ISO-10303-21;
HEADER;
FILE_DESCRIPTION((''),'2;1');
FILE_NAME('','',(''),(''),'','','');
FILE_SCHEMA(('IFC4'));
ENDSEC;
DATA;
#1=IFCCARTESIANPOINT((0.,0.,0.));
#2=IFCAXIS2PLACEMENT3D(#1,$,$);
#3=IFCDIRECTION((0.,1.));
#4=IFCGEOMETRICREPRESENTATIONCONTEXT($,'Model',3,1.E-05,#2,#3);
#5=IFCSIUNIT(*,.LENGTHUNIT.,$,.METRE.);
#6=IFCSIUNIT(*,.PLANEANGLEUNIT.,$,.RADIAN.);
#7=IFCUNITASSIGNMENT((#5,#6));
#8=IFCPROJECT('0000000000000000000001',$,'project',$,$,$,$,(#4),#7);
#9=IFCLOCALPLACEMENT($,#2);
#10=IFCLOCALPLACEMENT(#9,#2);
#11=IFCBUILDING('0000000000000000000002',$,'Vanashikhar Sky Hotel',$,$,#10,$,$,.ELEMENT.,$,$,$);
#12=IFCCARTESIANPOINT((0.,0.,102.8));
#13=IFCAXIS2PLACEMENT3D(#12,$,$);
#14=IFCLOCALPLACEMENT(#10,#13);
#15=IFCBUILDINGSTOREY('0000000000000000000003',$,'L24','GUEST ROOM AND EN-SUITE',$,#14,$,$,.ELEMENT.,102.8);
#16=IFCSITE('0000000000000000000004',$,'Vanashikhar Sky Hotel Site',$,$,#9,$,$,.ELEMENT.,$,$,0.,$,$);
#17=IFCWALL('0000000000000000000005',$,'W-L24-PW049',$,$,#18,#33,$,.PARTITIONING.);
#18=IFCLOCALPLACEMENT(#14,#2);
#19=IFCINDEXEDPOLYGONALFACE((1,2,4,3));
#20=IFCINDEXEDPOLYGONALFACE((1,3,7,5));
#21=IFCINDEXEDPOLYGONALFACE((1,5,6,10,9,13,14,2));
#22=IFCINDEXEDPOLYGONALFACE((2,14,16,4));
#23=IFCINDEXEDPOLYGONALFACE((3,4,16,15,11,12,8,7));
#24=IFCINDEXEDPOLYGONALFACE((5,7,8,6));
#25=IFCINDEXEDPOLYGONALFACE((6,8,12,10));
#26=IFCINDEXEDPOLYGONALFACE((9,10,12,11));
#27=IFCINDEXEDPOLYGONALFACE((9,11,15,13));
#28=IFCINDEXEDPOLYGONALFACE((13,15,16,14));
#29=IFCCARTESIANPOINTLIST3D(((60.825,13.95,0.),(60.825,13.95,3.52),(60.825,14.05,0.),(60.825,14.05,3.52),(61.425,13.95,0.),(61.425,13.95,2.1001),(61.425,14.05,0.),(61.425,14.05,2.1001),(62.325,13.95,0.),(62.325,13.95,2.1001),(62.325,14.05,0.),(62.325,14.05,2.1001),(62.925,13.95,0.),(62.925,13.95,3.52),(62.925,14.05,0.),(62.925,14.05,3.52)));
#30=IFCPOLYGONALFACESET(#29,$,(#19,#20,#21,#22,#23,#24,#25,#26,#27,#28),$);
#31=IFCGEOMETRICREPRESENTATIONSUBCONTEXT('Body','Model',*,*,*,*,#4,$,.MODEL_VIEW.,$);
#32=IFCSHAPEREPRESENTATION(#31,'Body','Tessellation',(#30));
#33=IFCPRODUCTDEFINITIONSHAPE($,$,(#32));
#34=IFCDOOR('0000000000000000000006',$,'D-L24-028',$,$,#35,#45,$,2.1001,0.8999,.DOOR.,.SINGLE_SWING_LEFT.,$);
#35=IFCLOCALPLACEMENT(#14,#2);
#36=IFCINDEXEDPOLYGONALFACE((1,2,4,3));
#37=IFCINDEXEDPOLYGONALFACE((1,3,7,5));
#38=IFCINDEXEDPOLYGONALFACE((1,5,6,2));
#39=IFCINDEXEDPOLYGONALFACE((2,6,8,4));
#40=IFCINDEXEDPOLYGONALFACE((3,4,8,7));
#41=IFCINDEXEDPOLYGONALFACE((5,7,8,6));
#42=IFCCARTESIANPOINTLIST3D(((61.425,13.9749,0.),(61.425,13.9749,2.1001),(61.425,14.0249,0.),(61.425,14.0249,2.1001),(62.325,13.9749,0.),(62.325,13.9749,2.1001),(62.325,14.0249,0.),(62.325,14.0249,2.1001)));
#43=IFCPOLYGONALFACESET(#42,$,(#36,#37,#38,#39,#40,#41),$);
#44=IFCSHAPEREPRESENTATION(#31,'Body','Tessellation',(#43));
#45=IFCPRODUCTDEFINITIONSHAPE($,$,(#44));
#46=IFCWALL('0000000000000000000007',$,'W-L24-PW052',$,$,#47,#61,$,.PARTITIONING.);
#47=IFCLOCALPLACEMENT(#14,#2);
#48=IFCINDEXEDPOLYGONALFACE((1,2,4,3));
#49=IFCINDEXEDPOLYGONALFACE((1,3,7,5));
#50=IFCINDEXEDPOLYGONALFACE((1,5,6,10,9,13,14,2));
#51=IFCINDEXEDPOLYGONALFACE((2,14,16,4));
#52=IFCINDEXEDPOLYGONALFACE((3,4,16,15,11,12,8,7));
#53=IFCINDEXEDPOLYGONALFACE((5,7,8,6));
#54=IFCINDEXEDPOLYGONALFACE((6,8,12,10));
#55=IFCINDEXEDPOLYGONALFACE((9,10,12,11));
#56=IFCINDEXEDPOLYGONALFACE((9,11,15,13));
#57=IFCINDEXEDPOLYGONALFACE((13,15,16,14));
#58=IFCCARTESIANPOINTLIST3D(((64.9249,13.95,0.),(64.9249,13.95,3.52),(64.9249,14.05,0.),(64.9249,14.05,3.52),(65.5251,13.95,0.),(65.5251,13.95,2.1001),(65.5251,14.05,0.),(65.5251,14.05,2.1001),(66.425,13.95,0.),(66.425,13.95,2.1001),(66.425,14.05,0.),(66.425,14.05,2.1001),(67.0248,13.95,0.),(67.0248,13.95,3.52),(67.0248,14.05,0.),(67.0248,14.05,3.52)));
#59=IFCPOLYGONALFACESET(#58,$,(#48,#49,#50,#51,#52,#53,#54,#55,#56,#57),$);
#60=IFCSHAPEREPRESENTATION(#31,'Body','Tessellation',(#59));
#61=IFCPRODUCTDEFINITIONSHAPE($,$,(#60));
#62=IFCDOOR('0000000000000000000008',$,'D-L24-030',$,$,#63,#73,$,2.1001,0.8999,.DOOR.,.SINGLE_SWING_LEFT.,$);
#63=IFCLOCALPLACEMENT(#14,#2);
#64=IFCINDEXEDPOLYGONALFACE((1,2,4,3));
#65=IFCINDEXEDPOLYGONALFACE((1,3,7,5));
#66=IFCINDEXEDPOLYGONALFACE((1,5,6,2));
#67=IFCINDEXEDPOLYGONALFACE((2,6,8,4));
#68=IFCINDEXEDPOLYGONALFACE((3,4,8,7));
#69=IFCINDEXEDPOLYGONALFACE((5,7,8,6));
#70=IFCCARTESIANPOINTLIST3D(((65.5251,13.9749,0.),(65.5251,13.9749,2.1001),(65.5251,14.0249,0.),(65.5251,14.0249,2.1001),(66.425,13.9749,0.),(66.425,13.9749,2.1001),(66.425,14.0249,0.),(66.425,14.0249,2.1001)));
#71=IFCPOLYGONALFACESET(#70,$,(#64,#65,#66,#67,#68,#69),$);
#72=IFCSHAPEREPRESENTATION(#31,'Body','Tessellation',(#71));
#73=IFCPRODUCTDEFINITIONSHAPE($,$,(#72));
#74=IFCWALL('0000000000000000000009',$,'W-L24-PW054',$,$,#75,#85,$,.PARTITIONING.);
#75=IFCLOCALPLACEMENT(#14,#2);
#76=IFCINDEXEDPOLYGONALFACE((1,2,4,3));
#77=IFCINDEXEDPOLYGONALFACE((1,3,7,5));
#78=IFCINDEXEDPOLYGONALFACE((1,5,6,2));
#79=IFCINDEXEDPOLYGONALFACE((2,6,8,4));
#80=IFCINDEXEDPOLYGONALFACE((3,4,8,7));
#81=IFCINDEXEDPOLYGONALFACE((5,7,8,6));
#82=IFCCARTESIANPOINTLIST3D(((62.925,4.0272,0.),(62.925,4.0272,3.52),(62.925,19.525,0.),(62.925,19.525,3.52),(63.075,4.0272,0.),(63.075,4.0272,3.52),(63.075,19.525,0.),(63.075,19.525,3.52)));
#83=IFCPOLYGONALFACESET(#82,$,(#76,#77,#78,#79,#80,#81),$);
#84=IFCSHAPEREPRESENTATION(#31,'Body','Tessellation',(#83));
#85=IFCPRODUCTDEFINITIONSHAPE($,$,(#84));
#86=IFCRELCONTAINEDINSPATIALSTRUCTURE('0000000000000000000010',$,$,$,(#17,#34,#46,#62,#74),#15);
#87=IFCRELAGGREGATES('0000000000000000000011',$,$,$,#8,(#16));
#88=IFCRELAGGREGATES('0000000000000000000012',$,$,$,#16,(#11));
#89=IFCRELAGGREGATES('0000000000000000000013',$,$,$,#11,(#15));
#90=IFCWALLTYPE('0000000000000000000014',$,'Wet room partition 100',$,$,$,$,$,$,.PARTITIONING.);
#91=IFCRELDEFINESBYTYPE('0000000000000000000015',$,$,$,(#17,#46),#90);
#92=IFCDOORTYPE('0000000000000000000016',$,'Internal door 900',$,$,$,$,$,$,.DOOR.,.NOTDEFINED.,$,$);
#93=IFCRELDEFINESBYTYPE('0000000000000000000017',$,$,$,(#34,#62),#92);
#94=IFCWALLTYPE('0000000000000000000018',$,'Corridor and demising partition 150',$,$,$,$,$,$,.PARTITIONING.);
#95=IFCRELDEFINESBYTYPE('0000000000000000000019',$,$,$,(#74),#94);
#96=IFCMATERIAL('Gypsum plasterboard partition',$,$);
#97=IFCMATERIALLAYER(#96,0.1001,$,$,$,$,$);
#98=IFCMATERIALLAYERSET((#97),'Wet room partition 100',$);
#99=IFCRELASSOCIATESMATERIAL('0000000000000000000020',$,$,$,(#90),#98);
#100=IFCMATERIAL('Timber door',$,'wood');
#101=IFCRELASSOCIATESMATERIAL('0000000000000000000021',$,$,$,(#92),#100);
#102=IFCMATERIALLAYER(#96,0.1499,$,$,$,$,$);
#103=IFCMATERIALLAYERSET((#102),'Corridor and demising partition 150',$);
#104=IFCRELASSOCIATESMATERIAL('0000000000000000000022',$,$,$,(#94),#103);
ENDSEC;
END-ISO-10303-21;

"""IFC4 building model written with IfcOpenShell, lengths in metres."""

from ifc_helpers import new_model, si_unit, direction, frame, frame_2d, origin, place, context, subcontext, project, spatial, rectangle, extrude, source, transform, mapped, material, layer, layer_set, type_object, element, fill, save


model = new_model("IFC4")

# Units and contexts
model_context = context("Model", 3, precision=1e-05, world=origin(), true_north=direction((0.0, 1.0)))
body_context = subcontext(model_context, "Body", "Model", "MODEL_VIEW")
ifc_project = project(units=[si_unit("LENGTHUNIT", "METRE"), si_unit("PLANEANGLEUNIT", "RADIAN")], contexts=[model_context])

# Site, building, storey
site_placement = place(None, origin())
site = spatial("IfcSite", under=ifc_project, at=site_placement, Name="Vanashikhar Sky Hotel Site", CompositionType="ELEMENT", RefElevation=0.0)
building_placement = place(site_placement, origin())
building = spatial("IfcBuilding", under=site, at=building_placement, Name="Vanashikhar Sky Hotel", CompositionType="ELEMENT")
storey_placement = place(building_placement, frame((0.0, 0.0, 102.8)))
storey = spatial("IfcBuildingStorey", under=building, at=storey_placement, Name="L24", Description="GUEST ROOM AND EN-SUITE", CompositionType="ELEMENT", Elevation=102.8)

# Shared definitions
ifc_material_1 = material(Name="Gypsum plasterboard partition")
ifc_layer_1 = layer(ifc_material_1, 0.1001)
ifc_layer_set_1 = layer_set([ifc_layer_1], Name="Wet room partition 100")
wall_type_1 = type_object("IfcWallType", Name="Wet room partition 100", PredefinedType="PARTITIONING", material=ifc_layer_set_1)
shared_shape_1 = source(origin(), body_context, "Body", "SweptSolid", [
    extrude(rectangle(XDim=0.8999, YDim=2.1001, at=frame_2d((0.45, 1.05))), frame((0.0, 0.0601, 0.0), z_axis=(0.0, -1.0, 0.0), x_axis=(1.0, 0.0, 0.0)), (0.0, 0.0, 1.0), 0.1201),
])
ifc_material_2 = material(Name="Timber door", Category="wood")
door_type_1 = type_object("IfcDoorType", Name="Internal door 900", OperationType="NOTDEFINED", PredefinedType="DOOR", material=ifc_material_2)
shared_shape_2 = source(origin(), body_context, "Body", "SweptSolid", [
    extrude(rectangle(XDim=0.8999, YDim=2.1001, at=frame_2d((0.45, 1.05))), frame((0.0, 0.0249, 0.0), z_axis=(0.0, -1.0, 0.0), x_axis=(1.0, 0.0, 0.0)), (0.0, 0.0, 1.0), 0.05),
])

# Walls, openings, doors
shared_shape_3 = source(origin(), body_context, "Body", "SweptSolid", [
    extrude(rectangle(XDim=2.1001, YDim=0.1001, at=frame_2d((1.05, 0.0))), origin(), (0.0, 0.0, 1.0), 3.52),
])
wall_1_placement = place(storey_placement, frame((60.825, 14.0, 0.0), z_axis=(0.0, 0.0, 1.0), x_axis=(1.0, 0.0, 0.0)))
wall_1 = element("IfcWall", 1, at=wall_1_placement, inside=storey, type_object=wall_type_1, Name="W-L24-PW049", PredefinedType="PARTITIONING", context=body_context, shape_type="MappedRepresentation", body=[
    mapped(shared_shape_3, transform((0.0, 0.0, 0.0), scale=1.0)),
])
opening_1_placement = place(wall_1_placement, frame((0.6001, 0.0, 0.0)))
opening_1 = element("IfcOpeningElement", 2, at=opening_1_placement, cuts=wall_1, PredefinedType="OPENING", context=body_context, shape_type="MappedRepresentation", body=[
    mapped(shared_shape_1, transform((0.0, 0.0, 0.0), scale=1.0)),
])
door_1_placement = place(opening_1_placement, origin())
door_1 = element("IfcDoor", 3, at=door_1_placement, inside=storey, type_object=door_type_1, Name="D-L24-028", OperationType="SINGLE_SWING_LEFT", OverallHeight=2.1001, OverallWidth=0.8999, PredefinedType="DOOR", context=body_context, shape_type="MappedRepresentation", body=[
    mapped(shared_shape_2, transform((0.0, 0.0, 0.0), scale=1.0)),
])
fill(opening_1, door_1)
shared_shape_4 = source(origin(), body_context, "Body", "SweptSolid", [
    extrude(rectangle(XDim=2.0999, YDim=0.1001, at=frame_2d((1.0498, 0.0))), origin(), (0.0, 0.0, 1.0), 3.52),
])
wall_2_placement = place(storey_placement, frame((64.925, 14.0, 0.0), z_axis=(0.0, 0.0, 1.0), x_axis=(1.0, 0.0, 0.0)))
wall_2 = element("IfcWall", 4, at=wall_2_placement, inside=storey, type_object=wall_type_1, Name="W-L24-PW052", PredefinedType="PARTITIONING", context=body_context, shape_type="MappedRepresentation", body=[
    mapped(shared_shape_4, transform((0.0, 0.0, 0.0), scale=1.0)),
])
opening_2_placement = place(wall_2_placement, frame((0.6001, 0.0, 0.0)))
opening_2 = element("IfcOpeningElement", 5, at=opening_2_placement, cuts=wall_2, PredefinedType="OPENING", context=body_context, shape_type="MappedRepresentation", body=[
    mapped(shared_shape_1, transform((0.0, 0.0, 0.0), scale=1.0)),
])
door_2_placement = place(opening_2_placement, origin())
door_2 = element("IfcDoor", 6, at=door_2_placement, inside=storey, type_object=door_type_1, Name="D-L24-030", OperationType="SINGLE_SWING_LEFT", OverallHeight=2.1001, OverallWidth=0.8999, PredefinedType="DOOR", context=body_context, shape_type="MappedRepresentation", body=[
    mapped(shared_shape_2, transform((0.0, 0.0, 0.0), scale=1.0)),
])
fill(opening_2, door_2)

# Wall
ifc_layer_2 = layer(ifc_material_1, 0.1499)
ifc_layer_set_2 = layer_set([ifc_layer_2], Name="Corridor and demising partition 150")
wall_type_2 = type_object("IfcWallType", Name="Corridor and demising partition 150", PredefinedType="PARTITIONING", material=ifc_layer_set_2)
shared_shape_5 = source(origin(), body_context, "Body", "SweptSolid", [
    extrude(rectangle(XDim=15.4978, YDim=0.1499, at=frame_2d((7.749, 0.0))), origin(), (0.0, 0.0, 1.0), 3.52),
])
wall_3_placement = place(storey_placement, frame((63.0, 4.0271, 0.0), z_axis=(0.0, 0.0, 1.0), x_axis=(0.0, 1.0, 0.0)))
element("IfcWall", 7, at=wall_3_placement, inside=storey, type_object=wall_type_2, Name="W-L24-PW054", PredefinedType="PARTITIONING", context=body_context, shape_type="MappedRepresentation", body=[
    mapped(shared_shape_5, transform((0.0, 0.0, 0.0), scale=1.0)),
])

save(model, "model.ifc")
